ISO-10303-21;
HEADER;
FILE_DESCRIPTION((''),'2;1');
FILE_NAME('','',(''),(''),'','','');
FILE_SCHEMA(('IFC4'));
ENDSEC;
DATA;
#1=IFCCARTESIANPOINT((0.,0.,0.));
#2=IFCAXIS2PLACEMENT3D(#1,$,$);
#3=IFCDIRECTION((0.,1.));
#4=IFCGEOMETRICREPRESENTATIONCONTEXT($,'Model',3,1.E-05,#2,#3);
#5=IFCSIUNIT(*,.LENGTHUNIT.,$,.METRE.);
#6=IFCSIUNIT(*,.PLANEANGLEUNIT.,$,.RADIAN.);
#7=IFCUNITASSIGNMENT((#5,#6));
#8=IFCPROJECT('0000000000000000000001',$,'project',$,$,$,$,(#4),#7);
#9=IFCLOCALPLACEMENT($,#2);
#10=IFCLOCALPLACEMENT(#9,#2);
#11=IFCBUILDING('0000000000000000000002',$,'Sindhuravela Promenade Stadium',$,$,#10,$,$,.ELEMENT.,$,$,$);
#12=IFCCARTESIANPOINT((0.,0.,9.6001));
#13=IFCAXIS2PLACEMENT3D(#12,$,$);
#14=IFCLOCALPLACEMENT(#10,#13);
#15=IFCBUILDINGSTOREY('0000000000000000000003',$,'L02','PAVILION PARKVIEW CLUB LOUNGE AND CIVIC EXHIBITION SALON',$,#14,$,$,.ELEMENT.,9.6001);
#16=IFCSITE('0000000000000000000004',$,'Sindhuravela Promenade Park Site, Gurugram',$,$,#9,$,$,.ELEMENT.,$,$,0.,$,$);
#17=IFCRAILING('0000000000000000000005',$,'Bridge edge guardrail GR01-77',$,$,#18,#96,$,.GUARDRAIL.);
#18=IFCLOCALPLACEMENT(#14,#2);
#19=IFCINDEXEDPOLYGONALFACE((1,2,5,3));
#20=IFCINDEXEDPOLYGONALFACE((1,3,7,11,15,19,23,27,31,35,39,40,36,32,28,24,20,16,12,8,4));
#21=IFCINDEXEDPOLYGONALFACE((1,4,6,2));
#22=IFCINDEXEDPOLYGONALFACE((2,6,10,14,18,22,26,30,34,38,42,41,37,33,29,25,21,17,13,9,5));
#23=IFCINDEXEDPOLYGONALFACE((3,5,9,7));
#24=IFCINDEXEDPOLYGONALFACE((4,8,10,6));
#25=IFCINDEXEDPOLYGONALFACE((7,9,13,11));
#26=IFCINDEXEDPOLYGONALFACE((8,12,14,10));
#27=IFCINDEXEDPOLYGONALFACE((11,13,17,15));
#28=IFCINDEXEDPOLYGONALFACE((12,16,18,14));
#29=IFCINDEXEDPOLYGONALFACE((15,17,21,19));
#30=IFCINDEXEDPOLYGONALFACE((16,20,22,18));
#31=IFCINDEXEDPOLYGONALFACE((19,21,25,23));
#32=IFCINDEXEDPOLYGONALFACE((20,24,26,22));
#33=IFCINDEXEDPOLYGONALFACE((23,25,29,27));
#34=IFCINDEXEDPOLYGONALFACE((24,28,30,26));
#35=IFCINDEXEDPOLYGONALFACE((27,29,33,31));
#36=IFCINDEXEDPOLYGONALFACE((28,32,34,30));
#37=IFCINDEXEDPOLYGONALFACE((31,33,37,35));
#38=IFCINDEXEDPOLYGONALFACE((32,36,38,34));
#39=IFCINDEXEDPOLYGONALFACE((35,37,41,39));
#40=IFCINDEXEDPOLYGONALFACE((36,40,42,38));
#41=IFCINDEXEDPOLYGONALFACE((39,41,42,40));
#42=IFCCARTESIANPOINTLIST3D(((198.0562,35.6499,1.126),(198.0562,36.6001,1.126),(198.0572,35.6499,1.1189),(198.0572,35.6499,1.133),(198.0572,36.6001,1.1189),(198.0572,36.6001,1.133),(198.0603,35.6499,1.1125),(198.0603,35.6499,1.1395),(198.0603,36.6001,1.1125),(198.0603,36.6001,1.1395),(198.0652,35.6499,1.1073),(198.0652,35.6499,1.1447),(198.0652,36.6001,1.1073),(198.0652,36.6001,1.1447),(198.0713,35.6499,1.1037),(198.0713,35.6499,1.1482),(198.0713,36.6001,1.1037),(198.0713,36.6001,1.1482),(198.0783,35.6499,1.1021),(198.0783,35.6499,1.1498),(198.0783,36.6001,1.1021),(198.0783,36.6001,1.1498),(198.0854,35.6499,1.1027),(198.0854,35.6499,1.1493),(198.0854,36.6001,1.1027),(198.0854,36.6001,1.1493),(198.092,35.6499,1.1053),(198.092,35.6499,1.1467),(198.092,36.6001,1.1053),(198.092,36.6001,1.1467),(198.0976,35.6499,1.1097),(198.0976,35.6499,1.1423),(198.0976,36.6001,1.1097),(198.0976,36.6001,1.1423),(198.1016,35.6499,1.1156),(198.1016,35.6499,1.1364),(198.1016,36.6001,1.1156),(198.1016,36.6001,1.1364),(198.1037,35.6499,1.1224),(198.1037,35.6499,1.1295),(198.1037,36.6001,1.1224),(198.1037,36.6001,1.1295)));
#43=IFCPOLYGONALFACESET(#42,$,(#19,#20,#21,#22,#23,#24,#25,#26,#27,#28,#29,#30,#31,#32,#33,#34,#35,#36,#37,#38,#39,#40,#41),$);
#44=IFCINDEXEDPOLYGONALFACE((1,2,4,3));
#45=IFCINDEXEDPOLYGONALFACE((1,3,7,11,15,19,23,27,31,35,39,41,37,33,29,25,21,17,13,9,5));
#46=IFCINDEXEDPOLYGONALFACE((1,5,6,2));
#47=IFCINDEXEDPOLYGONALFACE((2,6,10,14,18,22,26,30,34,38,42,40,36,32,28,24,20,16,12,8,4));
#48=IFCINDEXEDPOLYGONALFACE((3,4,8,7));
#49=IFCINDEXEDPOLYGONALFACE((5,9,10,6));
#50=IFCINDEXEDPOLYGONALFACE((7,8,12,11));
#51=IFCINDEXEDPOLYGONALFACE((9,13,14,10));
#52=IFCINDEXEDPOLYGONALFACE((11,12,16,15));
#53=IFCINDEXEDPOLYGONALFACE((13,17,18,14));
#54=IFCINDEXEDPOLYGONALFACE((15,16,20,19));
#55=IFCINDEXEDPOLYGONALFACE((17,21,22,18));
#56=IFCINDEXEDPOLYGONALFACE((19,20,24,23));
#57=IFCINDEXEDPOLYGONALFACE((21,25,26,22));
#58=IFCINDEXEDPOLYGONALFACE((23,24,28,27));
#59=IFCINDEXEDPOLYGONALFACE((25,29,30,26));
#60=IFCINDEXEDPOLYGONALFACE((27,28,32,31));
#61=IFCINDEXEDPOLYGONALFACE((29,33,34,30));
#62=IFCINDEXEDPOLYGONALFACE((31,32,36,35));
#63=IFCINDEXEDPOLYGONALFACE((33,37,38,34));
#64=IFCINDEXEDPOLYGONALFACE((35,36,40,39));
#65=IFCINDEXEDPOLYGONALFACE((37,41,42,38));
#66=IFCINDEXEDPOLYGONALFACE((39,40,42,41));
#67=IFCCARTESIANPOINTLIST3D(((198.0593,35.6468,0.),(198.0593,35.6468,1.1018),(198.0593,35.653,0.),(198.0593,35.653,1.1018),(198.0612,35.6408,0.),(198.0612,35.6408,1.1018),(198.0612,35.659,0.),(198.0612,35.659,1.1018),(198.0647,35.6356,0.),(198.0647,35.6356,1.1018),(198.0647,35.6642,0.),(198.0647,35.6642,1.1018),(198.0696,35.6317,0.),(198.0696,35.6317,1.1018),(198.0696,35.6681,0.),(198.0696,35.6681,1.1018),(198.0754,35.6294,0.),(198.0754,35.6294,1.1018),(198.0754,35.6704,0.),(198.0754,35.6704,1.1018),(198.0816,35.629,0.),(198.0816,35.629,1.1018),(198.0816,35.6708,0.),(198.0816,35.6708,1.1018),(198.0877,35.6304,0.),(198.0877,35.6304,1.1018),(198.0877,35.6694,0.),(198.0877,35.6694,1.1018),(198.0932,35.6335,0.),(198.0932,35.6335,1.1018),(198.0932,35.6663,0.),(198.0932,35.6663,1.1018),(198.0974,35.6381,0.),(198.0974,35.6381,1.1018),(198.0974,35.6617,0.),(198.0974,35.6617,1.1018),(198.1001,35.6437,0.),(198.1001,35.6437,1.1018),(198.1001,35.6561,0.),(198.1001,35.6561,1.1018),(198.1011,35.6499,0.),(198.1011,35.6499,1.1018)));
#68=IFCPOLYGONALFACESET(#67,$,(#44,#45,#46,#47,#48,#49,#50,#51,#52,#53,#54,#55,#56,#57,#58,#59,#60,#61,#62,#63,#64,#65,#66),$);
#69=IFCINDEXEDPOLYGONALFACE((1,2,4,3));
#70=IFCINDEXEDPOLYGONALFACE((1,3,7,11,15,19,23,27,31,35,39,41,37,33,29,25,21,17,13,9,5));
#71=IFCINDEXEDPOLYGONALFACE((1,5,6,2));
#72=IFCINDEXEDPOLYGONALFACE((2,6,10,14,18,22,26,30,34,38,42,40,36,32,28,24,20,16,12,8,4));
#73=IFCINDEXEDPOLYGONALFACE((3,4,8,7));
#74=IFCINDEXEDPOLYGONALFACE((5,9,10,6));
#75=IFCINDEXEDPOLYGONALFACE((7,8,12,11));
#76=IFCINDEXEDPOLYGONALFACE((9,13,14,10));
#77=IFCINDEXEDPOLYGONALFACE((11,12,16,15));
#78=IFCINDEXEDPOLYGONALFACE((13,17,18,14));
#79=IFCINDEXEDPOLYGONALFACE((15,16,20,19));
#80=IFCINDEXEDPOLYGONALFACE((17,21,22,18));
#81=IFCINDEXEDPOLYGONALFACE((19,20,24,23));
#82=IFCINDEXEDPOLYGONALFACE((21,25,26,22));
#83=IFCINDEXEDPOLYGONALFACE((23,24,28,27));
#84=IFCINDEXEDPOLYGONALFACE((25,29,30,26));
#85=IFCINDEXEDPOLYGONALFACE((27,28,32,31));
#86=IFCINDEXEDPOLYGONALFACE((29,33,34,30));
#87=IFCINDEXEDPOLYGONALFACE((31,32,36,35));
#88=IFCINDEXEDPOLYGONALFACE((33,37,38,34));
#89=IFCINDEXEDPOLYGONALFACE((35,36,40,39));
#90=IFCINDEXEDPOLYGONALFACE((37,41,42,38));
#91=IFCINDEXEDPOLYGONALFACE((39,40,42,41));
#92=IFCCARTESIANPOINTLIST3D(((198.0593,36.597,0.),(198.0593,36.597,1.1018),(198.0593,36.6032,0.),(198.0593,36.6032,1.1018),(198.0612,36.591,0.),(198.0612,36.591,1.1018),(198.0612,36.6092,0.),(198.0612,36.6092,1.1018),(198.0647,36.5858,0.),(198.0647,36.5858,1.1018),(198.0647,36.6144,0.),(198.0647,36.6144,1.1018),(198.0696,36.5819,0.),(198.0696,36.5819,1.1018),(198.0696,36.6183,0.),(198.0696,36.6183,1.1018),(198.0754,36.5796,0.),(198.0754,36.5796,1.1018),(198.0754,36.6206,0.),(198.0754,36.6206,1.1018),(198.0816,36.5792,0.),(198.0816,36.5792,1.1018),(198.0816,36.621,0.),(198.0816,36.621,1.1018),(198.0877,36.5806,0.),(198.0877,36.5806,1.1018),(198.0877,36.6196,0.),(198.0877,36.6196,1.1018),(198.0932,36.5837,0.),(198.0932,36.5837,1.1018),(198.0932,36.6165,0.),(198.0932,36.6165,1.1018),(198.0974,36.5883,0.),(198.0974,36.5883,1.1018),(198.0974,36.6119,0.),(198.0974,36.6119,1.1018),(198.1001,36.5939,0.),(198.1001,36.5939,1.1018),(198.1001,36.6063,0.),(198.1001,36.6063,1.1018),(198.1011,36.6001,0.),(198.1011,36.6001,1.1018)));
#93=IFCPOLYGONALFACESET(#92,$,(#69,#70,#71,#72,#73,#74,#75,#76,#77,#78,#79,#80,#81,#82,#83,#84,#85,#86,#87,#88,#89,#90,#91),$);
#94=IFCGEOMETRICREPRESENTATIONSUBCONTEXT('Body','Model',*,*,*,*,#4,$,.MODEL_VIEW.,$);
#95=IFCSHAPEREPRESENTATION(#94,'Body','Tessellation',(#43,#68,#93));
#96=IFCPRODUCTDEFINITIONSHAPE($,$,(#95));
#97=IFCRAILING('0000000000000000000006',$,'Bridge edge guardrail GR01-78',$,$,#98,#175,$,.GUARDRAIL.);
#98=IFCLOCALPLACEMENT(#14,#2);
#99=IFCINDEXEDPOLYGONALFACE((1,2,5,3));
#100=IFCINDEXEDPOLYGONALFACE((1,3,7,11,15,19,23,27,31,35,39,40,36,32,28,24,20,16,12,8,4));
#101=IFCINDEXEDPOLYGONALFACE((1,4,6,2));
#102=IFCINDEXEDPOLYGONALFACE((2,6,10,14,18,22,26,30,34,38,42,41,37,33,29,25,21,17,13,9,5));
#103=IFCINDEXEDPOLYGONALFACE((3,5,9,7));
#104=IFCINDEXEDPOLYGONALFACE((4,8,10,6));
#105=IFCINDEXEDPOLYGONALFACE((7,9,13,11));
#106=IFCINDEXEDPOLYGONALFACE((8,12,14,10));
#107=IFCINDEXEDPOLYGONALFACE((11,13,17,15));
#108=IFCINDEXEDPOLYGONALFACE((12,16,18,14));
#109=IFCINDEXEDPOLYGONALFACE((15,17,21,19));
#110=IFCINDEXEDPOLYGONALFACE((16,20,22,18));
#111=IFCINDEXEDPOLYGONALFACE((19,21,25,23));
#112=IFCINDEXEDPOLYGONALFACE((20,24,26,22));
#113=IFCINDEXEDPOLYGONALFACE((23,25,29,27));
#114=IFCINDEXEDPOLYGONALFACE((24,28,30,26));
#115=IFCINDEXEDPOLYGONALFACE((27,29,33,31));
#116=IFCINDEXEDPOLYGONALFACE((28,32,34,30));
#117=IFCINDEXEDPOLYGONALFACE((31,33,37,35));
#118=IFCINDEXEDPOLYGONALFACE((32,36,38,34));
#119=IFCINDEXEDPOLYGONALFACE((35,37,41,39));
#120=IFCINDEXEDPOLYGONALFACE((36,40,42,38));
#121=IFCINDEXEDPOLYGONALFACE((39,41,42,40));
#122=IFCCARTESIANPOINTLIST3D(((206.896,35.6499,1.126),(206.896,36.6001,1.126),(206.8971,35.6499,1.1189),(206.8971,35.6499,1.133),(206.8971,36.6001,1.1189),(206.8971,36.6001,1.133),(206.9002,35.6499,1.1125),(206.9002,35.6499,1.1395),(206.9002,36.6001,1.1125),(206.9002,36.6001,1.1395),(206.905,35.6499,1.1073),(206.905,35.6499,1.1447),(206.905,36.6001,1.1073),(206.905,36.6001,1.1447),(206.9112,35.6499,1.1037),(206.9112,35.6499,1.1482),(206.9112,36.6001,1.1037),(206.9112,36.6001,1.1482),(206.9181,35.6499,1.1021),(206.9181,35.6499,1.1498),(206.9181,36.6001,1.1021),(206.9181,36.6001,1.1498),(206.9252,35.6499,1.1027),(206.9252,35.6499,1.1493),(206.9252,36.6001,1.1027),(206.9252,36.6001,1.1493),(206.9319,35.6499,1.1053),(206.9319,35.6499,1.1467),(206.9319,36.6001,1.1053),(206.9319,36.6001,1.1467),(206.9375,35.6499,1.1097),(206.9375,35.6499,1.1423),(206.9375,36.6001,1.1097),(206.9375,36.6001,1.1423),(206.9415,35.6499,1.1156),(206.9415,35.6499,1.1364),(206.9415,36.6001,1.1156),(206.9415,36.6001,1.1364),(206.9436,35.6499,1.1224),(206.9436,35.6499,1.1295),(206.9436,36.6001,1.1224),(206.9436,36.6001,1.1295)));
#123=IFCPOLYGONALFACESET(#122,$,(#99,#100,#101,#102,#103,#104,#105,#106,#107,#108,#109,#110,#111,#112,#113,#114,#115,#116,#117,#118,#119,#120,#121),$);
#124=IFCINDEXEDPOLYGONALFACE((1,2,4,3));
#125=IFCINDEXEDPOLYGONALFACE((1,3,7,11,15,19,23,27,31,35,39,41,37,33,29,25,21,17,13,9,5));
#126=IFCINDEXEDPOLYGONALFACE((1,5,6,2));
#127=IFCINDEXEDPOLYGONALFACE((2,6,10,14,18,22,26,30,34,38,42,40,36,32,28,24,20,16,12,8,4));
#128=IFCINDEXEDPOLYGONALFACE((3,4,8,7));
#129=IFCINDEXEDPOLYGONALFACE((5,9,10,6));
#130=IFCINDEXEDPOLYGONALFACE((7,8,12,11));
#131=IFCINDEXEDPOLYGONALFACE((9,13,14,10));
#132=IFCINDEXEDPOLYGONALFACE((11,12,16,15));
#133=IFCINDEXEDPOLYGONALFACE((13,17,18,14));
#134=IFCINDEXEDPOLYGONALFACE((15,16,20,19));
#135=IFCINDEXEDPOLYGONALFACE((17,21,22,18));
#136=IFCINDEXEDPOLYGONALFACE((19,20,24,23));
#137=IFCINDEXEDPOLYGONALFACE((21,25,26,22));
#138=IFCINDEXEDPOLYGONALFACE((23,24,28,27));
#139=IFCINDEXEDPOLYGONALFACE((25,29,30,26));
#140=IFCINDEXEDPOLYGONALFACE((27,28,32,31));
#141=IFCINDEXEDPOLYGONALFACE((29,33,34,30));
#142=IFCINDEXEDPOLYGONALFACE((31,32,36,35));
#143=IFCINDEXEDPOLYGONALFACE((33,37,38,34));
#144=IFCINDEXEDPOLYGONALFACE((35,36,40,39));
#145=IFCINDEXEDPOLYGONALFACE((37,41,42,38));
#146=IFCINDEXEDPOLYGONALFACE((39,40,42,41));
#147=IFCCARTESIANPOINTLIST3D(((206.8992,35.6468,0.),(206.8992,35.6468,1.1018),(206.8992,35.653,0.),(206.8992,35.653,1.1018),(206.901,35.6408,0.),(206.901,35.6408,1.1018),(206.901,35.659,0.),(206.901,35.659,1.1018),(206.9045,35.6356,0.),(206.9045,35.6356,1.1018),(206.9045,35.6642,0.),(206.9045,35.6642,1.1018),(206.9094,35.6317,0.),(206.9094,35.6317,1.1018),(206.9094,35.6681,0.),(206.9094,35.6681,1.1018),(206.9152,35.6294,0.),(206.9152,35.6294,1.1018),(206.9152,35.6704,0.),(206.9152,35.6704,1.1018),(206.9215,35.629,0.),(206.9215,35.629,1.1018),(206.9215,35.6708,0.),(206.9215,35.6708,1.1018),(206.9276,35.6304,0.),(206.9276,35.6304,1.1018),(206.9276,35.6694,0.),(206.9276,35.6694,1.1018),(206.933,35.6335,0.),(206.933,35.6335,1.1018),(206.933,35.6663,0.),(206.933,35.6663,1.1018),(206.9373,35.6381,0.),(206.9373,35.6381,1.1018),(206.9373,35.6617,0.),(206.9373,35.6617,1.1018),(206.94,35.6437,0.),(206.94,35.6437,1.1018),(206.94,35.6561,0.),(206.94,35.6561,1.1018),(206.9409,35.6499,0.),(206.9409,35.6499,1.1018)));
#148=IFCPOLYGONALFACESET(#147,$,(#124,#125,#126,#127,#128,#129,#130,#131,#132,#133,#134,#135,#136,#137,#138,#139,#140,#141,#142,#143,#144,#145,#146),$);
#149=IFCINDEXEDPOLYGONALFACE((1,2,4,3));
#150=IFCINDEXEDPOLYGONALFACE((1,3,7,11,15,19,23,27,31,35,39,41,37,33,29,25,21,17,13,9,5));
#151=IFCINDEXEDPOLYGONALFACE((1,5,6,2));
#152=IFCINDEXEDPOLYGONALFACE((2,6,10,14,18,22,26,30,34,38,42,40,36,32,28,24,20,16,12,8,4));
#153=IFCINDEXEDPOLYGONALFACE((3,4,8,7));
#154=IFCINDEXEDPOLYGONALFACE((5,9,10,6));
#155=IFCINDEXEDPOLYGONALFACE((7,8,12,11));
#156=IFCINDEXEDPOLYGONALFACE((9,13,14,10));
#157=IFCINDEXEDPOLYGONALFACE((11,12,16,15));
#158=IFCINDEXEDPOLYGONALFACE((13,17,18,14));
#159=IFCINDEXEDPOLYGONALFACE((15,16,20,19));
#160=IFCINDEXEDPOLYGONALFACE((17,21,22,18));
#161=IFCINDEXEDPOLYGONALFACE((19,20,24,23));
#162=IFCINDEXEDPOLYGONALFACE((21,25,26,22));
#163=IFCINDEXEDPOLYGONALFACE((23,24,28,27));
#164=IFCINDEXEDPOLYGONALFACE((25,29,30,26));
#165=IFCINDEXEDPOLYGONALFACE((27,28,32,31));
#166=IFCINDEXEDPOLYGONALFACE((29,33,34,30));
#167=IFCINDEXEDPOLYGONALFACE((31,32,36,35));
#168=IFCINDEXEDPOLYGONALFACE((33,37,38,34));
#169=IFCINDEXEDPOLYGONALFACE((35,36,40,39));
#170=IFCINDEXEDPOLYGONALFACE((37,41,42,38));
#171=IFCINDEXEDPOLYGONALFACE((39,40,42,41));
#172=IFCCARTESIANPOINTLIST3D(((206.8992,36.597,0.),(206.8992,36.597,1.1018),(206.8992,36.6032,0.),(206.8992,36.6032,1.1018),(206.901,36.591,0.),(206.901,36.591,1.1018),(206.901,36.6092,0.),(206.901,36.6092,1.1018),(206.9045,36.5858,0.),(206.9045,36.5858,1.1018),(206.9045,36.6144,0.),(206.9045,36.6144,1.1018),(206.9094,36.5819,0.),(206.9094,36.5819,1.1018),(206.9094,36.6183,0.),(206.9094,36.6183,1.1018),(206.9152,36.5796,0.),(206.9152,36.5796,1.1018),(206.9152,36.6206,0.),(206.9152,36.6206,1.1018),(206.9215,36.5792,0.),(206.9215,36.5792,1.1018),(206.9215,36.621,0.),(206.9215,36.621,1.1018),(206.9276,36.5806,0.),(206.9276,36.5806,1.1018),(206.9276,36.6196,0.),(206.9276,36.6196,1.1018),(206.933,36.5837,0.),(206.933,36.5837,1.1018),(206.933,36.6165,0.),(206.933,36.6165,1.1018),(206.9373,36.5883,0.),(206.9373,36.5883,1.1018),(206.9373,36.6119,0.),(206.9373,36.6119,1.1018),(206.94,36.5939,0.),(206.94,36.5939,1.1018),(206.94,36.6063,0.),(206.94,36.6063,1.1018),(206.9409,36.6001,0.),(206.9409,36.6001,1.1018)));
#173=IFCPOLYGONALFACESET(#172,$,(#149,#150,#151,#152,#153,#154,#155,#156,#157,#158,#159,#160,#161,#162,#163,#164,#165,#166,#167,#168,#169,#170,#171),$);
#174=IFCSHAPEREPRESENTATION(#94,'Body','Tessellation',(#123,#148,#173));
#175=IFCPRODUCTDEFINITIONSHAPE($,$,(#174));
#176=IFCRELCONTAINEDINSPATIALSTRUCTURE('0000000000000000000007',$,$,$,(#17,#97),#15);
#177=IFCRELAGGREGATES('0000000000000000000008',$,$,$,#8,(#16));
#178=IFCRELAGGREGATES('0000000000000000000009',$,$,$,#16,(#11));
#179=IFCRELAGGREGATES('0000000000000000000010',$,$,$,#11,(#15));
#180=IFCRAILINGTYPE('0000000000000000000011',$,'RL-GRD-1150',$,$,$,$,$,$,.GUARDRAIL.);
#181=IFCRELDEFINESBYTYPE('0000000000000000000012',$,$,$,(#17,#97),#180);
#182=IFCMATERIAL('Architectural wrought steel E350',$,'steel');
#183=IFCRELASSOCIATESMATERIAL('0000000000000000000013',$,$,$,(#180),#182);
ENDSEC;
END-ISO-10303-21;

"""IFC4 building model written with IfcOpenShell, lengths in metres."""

from ifc_helpers import new_model, si_unit, direction, frame, origin, origin_2d, place, context, subcontext, project, spatial, circle, extrude, material, type_object, element, save


model = new_model("IFC4")

# Units and contexts
model_context = context("Model", 3, precision=1e-05, world=origin(), true_north=direction((0.0, 1.0)))
body_context = subcontext(model_context, "Body", "Model", "MODEL_VIEW")
ifc_project = project(units=[si_unit("LENGTHUNIT", "METRE"), si_unit("PLANEANGLEUNIT", "RADIAN")], contexts=[model_context])

# Site, building, storey
site_placement = place(None, origin())
site = spatial("IfcSite", under=ifc_project, at=site_placement, Name="Sindhuravela Promenade Park Site, Gurugram", CompositionType="ELEMENT", RefElevation=0.0)
building_placement = place(site_placement, origin())
building = spatial("IfcBuilding", under=site, at=building_placement, Name="Sindhuravela Promenade Stadium", CompositionType="ELEMENT")
storey_placement = place(building_placement, frame((0.0, 0.0, 9.6001)))
storey = spatial("IfcBuildingStorey", under=building, at=storey_placement, Name="L02", Description="PAVILION PARKVIEW CLUB LOUNGE AND CIVIC EXHIBITION SALON", CompositionType="ELEMENT", Elevation=9.6001)

# Railings
ifc_material_1 = material(Name="Architectural wrought steel E350", Category="steel")
railing_type = type_object("IfcRailingType", Name="RL-GRD-1150", PredefinedType="GUARDRAIL", material=ifc_material_1)
for number, where, name in (
    (1, (198.0801, 35.6499, 0.0), "Bridge edge guardrail GR01-77"),
    (2, (206.9199, 35.6499, 0.0), "Bridge edge guardrail GR01-78"),
):
    element("IfcRailing", number, at=place(storey_placement, frame(where)), inside=storey, type_object=railing_type, Name=name, PredefinedType="GUARDRAIL", context=body_context, shape_type="SweptSolid", body=[
        extrude(circle(Radius=0.0239, at=origin_2d()), frame((0.0, 0.0, 1.126), z_axis=(0.0, 1.0, 0.0), x_axis=(-1.0, 0.0, 0.0)), (0.0, 0.0, 1.0), 0.9502),
        extrude(circle(Radius=0.021, at=origin_2d()), origin(), (0.0, 0.0, 1.0), 1.1018),
        extrude(circle(Radius=0.021, at=origin_2d()), frame((0.0, 0.9502, 0.0)), (0.0, 0.0, 1.0), 1.1018),
    ])

save(model, "model.ifc")
